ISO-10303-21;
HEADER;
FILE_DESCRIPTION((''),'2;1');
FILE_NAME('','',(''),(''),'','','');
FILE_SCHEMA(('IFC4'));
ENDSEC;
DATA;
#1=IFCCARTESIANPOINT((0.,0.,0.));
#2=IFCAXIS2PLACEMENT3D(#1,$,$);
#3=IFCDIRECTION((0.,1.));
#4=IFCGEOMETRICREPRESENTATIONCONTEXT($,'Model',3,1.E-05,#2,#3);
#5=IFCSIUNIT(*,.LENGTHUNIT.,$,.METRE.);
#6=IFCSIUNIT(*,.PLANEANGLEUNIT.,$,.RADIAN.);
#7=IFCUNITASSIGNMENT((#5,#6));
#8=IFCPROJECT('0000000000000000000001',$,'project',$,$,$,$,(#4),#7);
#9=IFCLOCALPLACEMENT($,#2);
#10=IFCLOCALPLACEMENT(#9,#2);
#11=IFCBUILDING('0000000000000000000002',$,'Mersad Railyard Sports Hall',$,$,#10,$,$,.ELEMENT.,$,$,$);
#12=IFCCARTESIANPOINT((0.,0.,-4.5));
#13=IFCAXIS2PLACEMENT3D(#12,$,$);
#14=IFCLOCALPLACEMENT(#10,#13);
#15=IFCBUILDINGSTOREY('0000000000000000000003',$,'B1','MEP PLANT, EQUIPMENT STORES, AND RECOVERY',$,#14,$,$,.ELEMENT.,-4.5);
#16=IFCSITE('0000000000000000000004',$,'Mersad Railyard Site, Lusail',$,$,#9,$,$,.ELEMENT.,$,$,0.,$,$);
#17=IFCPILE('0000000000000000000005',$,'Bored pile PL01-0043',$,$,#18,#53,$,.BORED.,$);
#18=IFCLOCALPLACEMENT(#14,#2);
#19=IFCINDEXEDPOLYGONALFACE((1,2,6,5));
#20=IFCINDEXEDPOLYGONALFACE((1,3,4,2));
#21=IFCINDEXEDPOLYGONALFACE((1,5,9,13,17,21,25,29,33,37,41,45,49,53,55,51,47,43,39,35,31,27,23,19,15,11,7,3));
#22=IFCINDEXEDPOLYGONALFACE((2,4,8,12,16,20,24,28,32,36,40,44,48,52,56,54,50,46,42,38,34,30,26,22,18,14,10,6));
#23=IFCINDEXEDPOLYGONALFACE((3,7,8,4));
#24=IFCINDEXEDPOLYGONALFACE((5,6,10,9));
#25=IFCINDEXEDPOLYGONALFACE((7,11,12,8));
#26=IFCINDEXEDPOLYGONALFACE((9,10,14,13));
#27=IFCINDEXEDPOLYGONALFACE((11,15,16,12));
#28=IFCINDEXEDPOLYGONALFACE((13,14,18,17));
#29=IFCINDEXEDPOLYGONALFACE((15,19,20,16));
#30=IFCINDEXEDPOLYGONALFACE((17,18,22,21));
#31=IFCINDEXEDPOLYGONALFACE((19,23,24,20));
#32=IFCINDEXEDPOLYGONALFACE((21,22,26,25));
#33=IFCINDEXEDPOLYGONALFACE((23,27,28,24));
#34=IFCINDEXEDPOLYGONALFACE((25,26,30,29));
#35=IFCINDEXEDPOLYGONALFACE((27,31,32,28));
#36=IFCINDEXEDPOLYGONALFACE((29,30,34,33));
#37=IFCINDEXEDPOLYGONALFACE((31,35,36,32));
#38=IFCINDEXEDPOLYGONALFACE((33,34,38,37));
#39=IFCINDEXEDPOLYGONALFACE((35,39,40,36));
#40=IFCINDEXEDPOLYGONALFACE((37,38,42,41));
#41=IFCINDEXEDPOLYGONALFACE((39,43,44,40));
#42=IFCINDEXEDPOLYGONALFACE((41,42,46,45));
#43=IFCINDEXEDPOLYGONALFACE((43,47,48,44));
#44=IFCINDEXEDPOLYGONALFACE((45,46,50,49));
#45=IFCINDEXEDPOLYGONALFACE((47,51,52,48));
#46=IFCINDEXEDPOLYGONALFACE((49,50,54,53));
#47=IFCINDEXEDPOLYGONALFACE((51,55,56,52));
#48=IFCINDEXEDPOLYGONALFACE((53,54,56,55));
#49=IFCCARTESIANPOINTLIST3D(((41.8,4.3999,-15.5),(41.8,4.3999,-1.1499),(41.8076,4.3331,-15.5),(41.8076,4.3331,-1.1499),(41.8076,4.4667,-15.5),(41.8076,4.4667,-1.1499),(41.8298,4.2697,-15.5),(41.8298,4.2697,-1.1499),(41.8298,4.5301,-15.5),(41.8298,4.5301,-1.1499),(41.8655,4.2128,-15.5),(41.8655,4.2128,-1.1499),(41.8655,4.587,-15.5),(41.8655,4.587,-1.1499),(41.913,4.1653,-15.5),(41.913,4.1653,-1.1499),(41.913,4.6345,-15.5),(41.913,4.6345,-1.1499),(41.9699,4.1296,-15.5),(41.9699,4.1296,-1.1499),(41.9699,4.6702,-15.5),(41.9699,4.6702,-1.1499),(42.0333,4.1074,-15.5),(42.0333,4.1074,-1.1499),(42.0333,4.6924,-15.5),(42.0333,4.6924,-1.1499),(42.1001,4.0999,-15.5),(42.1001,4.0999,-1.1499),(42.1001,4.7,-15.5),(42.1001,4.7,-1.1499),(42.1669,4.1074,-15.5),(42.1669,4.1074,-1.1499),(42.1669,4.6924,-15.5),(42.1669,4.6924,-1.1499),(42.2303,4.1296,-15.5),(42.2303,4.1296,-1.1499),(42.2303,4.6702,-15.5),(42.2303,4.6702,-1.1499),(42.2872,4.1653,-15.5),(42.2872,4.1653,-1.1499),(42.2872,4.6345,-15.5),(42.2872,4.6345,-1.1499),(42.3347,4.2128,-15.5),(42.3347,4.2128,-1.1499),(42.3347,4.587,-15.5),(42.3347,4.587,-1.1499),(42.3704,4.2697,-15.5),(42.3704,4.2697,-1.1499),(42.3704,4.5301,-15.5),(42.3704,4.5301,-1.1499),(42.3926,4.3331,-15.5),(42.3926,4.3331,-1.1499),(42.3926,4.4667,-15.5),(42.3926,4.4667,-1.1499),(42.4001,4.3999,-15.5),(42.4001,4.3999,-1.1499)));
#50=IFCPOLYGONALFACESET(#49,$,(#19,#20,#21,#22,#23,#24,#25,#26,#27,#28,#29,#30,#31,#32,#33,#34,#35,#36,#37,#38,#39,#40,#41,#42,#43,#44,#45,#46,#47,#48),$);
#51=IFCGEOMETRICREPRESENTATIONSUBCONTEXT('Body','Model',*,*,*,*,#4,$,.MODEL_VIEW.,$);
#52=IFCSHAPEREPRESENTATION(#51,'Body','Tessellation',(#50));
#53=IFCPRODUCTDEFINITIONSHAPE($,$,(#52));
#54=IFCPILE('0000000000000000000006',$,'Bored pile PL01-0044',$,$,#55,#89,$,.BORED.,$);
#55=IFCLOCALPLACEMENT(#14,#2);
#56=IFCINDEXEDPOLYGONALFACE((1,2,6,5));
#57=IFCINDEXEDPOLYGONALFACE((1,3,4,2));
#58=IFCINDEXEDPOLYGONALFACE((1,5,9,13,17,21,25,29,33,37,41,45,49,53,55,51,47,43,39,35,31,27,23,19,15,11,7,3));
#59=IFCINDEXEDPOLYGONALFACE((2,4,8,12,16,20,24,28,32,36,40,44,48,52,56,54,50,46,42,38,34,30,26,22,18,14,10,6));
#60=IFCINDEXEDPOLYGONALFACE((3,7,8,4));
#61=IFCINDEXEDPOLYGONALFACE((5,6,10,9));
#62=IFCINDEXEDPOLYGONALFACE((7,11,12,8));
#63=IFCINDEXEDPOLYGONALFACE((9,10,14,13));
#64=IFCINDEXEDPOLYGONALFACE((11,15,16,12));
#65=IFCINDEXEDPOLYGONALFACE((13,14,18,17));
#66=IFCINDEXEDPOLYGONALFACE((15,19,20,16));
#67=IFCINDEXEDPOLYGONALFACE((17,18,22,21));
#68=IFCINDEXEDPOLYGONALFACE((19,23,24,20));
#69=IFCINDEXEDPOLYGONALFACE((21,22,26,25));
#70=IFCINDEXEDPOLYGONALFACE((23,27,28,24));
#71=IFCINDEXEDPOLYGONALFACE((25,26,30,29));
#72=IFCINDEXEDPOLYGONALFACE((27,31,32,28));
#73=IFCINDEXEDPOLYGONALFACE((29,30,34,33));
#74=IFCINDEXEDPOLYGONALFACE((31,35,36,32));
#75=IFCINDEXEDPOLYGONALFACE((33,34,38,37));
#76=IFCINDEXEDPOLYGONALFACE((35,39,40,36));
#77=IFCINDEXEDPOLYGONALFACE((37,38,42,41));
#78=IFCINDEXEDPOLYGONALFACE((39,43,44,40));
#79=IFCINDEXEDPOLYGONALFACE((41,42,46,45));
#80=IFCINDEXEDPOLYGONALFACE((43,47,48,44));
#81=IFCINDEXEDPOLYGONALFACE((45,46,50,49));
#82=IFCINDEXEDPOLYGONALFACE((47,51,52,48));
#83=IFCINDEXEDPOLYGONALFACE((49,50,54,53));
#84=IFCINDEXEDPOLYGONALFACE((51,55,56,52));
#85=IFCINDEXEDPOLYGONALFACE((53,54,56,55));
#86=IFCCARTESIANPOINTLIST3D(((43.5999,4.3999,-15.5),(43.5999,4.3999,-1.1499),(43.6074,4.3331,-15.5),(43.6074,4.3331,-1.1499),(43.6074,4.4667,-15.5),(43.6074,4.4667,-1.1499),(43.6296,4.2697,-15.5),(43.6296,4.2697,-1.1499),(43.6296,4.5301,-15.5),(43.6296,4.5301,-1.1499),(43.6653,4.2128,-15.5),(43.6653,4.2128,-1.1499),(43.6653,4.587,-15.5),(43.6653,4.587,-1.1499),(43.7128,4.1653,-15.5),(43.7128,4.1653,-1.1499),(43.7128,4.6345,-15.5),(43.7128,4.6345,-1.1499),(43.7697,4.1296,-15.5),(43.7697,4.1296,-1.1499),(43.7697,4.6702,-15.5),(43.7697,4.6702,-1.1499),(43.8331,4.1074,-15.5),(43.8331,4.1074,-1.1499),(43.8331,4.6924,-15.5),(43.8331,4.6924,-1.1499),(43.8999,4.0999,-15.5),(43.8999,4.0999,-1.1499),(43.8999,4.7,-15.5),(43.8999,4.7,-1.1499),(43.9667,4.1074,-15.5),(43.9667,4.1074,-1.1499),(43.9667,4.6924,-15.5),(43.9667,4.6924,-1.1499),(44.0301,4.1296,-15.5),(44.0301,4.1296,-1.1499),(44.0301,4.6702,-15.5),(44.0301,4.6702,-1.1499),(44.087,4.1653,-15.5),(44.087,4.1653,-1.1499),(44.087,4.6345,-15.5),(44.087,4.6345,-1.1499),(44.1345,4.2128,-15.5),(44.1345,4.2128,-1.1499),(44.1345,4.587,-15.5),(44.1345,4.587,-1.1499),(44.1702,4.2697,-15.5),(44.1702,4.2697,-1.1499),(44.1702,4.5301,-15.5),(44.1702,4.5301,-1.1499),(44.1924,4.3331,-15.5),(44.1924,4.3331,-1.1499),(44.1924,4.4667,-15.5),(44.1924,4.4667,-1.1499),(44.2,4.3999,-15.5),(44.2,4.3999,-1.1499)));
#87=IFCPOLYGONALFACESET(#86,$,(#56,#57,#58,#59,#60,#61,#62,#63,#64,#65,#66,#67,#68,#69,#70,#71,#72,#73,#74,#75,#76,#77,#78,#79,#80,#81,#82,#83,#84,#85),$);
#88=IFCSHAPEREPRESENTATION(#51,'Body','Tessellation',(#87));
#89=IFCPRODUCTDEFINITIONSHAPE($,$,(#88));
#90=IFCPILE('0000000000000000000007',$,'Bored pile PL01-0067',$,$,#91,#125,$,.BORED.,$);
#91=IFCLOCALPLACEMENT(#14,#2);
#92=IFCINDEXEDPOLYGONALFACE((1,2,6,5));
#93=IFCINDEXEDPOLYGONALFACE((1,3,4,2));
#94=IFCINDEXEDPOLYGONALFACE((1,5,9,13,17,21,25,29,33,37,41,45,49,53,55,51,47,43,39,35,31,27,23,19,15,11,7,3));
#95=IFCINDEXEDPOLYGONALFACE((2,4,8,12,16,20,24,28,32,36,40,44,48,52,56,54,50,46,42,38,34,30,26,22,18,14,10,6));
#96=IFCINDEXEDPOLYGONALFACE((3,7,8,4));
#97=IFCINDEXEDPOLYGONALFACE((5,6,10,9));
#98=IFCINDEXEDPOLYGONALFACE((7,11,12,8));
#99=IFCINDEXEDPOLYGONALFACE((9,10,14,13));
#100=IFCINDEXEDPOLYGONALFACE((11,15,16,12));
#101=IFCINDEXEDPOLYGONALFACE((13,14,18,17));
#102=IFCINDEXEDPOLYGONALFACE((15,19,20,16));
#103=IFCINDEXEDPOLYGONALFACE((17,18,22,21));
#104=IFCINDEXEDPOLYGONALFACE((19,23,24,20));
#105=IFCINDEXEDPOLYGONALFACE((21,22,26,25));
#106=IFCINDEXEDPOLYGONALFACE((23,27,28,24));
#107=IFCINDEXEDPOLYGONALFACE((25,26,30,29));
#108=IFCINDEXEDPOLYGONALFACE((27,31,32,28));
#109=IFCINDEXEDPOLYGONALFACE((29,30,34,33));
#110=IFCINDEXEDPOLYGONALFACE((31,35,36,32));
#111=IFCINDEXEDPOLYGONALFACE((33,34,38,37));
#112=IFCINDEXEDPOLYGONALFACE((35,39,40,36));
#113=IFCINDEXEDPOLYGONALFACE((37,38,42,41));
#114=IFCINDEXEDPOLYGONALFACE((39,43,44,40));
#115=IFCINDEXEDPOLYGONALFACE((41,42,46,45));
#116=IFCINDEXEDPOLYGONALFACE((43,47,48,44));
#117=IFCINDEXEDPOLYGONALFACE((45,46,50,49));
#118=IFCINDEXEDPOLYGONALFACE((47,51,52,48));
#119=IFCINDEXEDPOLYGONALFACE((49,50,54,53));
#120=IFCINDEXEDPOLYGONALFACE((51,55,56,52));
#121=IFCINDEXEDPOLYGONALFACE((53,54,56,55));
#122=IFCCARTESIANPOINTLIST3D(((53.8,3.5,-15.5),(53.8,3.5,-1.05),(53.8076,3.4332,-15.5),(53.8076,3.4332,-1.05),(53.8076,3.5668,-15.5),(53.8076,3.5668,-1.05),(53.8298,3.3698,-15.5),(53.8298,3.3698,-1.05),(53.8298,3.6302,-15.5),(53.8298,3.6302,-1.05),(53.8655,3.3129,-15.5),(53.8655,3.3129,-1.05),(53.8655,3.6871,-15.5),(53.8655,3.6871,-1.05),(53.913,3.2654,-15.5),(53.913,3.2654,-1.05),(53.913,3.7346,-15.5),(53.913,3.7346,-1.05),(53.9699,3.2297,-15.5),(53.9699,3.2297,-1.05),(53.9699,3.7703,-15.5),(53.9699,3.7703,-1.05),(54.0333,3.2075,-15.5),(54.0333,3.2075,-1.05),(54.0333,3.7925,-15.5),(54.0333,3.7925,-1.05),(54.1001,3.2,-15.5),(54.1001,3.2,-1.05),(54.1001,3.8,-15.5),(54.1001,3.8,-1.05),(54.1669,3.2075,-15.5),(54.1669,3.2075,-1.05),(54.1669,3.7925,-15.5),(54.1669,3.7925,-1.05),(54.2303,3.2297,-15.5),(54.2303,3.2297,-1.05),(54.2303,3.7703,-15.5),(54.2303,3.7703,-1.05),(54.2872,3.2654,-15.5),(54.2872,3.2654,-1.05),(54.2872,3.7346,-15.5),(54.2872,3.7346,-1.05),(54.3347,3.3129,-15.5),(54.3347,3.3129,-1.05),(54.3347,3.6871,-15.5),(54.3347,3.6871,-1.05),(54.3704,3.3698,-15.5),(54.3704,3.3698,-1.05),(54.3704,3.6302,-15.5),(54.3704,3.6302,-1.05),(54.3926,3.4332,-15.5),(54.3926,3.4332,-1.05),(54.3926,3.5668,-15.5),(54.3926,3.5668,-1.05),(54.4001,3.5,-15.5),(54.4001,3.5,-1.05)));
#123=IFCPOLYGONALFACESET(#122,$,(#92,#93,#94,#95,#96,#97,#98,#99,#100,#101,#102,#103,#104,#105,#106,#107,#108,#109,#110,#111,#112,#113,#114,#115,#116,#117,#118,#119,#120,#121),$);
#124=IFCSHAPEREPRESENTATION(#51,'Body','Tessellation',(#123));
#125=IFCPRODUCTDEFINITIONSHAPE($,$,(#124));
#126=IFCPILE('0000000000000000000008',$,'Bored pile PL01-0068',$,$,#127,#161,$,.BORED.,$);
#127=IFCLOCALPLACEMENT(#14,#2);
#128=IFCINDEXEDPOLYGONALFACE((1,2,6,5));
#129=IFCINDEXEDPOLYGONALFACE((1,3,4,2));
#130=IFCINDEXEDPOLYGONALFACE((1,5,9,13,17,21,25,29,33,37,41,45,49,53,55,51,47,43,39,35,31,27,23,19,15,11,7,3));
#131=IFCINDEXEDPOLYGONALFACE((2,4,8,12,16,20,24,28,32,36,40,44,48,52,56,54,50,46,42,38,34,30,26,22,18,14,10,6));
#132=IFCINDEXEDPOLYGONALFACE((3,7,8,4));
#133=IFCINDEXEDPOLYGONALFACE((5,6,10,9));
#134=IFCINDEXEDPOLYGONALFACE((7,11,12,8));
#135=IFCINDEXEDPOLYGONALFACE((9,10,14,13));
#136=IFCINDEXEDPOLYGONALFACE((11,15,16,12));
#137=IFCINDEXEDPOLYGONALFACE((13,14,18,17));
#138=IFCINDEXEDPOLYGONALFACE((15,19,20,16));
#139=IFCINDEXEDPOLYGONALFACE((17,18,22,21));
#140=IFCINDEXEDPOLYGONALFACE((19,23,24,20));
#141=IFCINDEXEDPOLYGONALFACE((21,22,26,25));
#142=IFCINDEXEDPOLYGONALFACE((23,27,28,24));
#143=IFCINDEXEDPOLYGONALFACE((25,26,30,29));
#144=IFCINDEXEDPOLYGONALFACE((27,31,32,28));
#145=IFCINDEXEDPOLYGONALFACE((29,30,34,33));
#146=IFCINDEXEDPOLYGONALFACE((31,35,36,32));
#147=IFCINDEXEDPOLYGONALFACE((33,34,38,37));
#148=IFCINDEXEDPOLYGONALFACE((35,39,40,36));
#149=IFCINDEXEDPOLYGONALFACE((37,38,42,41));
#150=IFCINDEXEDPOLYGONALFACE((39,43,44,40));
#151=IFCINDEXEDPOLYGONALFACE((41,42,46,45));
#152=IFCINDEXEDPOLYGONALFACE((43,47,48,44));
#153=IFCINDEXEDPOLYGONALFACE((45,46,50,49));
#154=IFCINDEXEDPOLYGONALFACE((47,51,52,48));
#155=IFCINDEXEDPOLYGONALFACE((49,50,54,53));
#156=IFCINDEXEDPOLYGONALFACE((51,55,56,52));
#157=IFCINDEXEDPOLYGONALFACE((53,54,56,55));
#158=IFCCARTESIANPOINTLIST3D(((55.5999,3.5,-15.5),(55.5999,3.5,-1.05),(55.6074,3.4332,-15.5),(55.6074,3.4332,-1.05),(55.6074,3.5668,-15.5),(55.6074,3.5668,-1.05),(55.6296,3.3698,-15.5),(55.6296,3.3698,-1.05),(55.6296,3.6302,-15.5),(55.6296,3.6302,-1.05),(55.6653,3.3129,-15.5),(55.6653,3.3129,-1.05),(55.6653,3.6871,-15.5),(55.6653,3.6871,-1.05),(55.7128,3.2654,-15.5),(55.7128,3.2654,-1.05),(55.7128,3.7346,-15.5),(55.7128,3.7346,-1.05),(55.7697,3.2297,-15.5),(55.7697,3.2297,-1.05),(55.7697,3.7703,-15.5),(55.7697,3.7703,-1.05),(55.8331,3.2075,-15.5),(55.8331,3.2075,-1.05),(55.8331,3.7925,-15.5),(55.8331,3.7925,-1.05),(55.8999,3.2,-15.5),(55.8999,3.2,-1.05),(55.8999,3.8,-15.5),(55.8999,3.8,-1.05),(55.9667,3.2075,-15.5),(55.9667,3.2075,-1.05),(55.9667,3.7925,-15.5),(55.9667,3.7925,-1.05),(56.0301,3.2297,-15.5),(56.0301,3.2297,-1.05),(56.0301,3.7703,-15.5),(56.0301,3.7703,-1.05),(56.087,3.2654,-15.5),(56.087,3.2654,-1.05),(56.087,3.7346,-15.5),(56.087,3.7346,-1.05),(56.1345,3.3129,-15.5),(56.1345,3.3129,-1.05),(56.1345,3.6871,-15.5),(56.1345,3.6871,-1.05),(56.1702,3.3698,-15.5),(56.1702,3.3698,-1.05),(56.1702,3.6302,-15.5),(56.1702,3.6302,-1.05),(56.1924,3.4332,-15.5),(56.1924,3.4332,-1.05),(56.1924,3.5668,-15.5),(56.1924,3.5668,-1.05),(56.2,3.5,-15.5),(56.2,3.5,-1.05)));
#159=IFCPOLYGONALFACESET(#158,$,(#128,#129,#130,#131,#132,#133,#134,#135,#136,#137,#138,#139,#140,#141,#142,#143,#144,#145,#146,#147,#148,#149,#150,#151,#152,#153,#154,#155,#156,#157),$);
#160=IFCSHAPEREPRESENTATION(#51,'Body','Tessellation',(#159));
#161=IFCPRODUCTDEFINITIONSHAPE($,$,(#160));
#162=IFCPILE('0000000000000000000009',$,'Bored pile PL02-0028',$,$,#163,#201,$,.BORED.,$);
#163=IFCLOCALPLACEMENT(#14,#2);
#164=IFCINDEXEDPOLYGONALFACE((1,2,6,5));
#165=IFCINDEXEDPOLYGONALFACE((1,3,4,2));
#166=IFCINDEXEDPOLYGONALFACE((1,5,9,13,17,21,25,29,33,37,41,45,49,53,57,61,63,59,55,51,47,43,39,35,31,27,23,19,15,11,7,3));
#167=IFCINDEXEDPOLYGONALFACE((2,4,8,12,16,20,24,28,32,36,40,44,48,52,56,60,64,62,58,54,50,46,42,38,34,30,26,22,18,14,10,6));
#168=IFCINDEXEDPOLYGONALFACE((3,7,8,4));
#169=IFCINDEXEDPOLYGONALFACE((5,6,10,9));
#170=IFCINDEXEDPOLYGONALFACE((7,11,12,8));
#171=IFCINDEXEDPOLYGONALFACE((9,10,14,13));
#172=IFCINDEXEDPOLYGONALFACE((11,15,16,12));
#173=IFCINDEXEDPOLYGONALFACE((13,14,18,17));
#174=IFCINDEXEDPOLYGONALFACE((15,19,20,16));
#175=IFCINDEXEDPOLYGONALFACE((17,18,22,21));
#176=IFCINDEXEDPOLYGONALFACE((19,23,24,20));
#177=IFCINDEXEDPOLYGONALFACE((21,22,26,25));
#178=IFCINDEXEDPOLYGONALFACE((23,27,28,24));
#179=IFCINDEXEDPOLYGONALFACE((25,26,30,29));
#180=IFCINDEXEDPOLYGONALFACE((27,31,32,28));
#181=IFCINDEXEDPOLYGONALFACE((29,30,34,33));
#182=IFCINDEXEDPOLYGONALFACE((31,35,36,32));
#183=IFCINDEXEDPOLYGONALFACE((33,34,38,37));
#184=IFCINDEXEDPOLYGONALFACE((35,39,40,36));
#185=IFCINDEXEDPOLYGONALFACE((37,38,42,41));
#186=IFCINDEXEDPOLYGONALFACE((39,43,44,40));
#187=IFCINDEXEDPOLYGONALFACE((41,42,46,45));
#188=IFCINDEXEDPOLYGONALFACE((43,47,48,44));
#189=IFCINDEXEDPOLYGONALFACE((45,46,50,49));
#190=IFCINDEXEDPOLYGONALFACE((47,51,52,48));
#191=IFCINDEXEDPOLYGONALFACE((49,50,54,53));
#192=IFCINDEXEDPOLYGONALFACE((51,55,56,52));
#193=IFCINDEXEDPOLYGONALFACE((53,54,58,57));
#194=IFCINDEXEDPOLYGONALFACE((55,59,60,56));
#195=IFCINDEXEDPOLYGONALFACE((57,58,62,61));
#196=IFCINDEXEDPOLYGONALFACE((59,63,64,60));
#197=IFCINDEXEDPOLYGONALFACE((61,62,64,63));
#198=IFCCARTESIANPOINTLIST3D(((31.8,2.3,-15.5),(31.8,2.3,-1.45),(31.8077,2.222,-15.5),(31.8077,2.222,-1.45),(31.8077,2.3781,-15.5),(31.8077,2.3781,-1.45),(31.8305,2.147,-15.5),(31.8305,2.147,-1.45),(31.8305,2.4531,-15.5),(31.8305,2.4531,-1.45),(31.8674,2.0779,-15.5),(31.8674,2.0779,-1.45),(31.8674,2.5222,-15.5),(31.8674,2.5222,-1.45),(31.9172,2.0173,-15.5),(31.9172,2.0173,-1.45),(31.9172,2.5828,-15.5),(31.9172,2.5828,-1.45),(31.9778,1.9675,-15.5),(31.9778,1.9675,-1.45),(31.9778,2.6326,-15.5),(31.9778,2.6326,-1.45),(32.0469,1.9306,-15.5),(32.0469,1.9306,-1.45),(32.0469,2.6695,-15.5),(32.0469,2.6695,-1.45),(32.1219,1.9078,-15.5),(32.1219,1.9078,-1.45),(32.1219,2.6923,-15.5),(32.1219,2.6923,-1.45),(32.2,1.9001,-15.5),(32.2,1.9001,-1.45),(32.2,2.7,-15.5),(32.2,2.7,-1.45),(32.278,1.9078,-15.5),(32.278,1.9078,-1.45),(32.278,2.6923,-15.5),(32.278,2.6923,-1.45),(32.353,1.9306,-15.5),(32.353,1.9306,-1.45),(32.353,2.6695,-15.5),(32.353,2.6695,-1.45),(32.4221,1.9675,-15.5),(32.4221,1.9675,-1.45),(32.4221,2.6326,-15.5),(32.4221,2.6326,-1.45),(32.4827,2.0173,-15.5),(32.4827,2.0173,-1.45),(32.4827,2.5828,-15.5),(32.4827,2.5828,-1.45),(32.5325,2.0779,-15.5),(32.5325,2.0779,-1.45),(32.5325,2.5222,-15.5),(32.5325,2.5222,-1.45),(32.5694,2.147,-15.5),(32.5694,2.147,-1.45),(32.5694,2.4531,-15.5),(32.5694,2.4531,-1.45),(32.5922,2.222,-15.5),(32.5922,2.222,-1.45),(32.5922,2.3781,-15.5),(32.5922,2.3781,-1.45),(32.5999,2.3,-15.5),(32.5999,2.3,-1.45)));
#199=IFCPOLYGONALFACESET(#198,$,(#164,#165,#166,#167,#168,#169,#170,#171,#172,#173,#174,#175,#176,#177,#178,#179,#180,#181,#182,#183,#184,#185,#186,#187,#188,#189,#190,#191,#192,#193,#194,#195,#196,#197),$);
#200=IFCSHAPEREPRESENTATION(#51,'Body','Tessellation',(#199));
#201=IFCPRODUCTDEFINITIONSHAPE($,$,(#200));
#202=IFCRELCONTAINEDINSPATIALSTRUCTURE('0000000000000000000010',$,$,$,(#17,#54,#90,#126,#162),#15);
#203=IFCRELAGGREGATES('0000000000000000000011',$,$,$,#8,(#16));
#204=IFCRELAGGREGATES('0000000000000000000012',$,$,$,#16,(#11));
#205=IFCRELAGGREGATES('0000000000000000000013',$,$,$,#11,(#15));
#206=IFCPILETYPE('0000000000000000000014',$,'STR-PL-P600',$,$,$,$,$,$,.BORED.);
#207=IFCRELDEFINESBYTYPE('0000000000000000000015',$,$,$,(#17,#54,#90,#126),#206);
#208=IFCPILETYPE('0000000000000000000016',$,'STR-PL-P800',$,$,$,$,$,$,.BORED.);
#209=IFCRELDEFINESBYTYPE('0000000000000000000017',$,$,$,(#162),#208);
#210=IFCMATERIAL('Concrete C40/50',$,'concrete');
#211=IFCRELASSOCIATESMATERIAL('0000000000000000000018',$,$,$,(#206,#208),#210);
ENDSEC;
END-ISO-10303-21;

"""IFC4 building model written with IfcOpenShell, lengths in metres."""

from ifc_helpers import new_model, si_unit, direction, frame, origin, origin_2d, place, context, subcontext, project, spatial, circle, extrude, material, material_profile, profile_set, type_object, element, save


model = new_model("IFC4")

# Units and contexts
model_context = context("Model", 3, precision=1e-05, world=origin(), true_north=direction((0.0, 1.0)))
body_context = subcontext(model_context, "Body", "Model", "MODEL_VIEW")
ifc_project = project(units=[si_unit("LENGTHUNIT", "METRE"), si_unit("PLANEANGLEUNIT", "RADIAN")], contexts=[model_context])

# Site, building, storey
site_placement = place(None, origin())
site = spatial("IfcSite", under=ifc_project, at=site_placement, Name="Mersad Railyard Site, Lusail", CompositionType="ELEMENT", RefElevation=0.0)
building_placement = place(site_placement, origin())
building = spatial("IfcBuilding", under=site, at=building_placement, Name="Mersad Railyard Sports Hall", CompositionType="ELEMENT")
storey_placement = place(building_placement, frame((0.0, 0.0, -4.5)))
storey = spatial("IfcBuildingStorey", under=building, at=storey_placement, Name="B1", Description="MEP PLANT, EQUIPMENT STORES, AND RECOVERY", CompositionType="ELEMENT", Elevation=-4.5)

# Shared definitions
ifc_material_1 = material(Name="Concrete C40/50", Category="concrete")

# Piles
ifc_material_profile_1 = material_profile(ifc_material_1, circle(Radius=0.3, at=origin_2d()), Name="BORED PILE D600")
ifc_profile_set_1 = profile_set([ifc_material_profile_1], Name="Concrete C40/50")
pile_type_1 = type_object("IfcPileType", Name="STR-PL-P600", PredefinedType="BORED", material=ifc_profile_set_1)
for number, where, z_axis, x_axis, name in (
    (1, (42.1001, 4.3999, -1.1499), (0.0, 0.0, -1.0), (1.0, 0.0, 0.0), "Bored pile PL01-0043"),
    (2, (43.8999, 4.3999, -1.1499), (0.0, 0.0, -1.0), (1.0, 0.0, 0.0), "Bored pile PL01-0044"),
):
    element("IfcPile", number, at=place(storey_placement, frame(where, z_axis=z_axis, x_axis=x_axis)), inside=storey, type_object=pile_type_1, Name=name, PredefinedType="BORED", context=body_context, shape_type="SweptSolid", body=[
        extrude(circle(Radius=0.3, at=origin_2d()), origin(), (0.0, 0.0, 1.0), 14.3501),
    ])
for number, where, z_axis, x_axis, name in (
    (3, (54.1001, 3.5, -1.05), (0.0, 0.0, -1.0), (1.0, 0.0, 0.0), "Bored pile PL01-0067"),
    (4, (55.8999, 3.5, -1.05), (0.0, 0.0, -1.0), (1.0, 0.0, 0.0), "Bored pile PL01-0068"),
):
    element("IfcPile", number, at=place(storey_placement, frame(where, z_axis=z_axis, x_axis=x_axis)), inside=storey, type_object=pile_type_1, Name=name, PredefinedType="BORED", context=body_context, shape_type="SweptSolid", body=[
        extrude(circle(Radius=0.3, at=origin_2d()), origin(), (0.0, 0.0, 1.0), 14.45),
    ])
ifc_material_profile_2 = material_profile(ifc_material_1, circle(Radius=0.3999, at=origin_2d()), Name="BORED PILE D800")
ifc_profile_set_2 = profile_set([ifc_material_profile_2], Name="Concrete C40/50")
pile_type_2 = type_object("IfcPileType", Name="STR-PL-P800", PredefinedType="BORED", material=ifc_profile_set_2)
for number, where, z_axis, x_axis, name in (
    (5, (32.2, 2.3, -1.45), (0.0, 0.0, -1.0), (1.0, 0.0, 0.0), "Bored pile PL02-0028"),
):
    element("IfcPile", number, at=place(storey_placement, frame(where, z_axis=z_axis, x_axis=x_axis)), inside=storey, type_object=pile_type_2, Name=name, PredefinedType="BORED", context=body_context, shape_type="SweptSolid", body=[
        extrude(circle(Radius=0.3999, at=origin_2d()), origin(), (0.0, 0.0, 1.0), 14.05),
    ])

save(model, "model.ifc")
